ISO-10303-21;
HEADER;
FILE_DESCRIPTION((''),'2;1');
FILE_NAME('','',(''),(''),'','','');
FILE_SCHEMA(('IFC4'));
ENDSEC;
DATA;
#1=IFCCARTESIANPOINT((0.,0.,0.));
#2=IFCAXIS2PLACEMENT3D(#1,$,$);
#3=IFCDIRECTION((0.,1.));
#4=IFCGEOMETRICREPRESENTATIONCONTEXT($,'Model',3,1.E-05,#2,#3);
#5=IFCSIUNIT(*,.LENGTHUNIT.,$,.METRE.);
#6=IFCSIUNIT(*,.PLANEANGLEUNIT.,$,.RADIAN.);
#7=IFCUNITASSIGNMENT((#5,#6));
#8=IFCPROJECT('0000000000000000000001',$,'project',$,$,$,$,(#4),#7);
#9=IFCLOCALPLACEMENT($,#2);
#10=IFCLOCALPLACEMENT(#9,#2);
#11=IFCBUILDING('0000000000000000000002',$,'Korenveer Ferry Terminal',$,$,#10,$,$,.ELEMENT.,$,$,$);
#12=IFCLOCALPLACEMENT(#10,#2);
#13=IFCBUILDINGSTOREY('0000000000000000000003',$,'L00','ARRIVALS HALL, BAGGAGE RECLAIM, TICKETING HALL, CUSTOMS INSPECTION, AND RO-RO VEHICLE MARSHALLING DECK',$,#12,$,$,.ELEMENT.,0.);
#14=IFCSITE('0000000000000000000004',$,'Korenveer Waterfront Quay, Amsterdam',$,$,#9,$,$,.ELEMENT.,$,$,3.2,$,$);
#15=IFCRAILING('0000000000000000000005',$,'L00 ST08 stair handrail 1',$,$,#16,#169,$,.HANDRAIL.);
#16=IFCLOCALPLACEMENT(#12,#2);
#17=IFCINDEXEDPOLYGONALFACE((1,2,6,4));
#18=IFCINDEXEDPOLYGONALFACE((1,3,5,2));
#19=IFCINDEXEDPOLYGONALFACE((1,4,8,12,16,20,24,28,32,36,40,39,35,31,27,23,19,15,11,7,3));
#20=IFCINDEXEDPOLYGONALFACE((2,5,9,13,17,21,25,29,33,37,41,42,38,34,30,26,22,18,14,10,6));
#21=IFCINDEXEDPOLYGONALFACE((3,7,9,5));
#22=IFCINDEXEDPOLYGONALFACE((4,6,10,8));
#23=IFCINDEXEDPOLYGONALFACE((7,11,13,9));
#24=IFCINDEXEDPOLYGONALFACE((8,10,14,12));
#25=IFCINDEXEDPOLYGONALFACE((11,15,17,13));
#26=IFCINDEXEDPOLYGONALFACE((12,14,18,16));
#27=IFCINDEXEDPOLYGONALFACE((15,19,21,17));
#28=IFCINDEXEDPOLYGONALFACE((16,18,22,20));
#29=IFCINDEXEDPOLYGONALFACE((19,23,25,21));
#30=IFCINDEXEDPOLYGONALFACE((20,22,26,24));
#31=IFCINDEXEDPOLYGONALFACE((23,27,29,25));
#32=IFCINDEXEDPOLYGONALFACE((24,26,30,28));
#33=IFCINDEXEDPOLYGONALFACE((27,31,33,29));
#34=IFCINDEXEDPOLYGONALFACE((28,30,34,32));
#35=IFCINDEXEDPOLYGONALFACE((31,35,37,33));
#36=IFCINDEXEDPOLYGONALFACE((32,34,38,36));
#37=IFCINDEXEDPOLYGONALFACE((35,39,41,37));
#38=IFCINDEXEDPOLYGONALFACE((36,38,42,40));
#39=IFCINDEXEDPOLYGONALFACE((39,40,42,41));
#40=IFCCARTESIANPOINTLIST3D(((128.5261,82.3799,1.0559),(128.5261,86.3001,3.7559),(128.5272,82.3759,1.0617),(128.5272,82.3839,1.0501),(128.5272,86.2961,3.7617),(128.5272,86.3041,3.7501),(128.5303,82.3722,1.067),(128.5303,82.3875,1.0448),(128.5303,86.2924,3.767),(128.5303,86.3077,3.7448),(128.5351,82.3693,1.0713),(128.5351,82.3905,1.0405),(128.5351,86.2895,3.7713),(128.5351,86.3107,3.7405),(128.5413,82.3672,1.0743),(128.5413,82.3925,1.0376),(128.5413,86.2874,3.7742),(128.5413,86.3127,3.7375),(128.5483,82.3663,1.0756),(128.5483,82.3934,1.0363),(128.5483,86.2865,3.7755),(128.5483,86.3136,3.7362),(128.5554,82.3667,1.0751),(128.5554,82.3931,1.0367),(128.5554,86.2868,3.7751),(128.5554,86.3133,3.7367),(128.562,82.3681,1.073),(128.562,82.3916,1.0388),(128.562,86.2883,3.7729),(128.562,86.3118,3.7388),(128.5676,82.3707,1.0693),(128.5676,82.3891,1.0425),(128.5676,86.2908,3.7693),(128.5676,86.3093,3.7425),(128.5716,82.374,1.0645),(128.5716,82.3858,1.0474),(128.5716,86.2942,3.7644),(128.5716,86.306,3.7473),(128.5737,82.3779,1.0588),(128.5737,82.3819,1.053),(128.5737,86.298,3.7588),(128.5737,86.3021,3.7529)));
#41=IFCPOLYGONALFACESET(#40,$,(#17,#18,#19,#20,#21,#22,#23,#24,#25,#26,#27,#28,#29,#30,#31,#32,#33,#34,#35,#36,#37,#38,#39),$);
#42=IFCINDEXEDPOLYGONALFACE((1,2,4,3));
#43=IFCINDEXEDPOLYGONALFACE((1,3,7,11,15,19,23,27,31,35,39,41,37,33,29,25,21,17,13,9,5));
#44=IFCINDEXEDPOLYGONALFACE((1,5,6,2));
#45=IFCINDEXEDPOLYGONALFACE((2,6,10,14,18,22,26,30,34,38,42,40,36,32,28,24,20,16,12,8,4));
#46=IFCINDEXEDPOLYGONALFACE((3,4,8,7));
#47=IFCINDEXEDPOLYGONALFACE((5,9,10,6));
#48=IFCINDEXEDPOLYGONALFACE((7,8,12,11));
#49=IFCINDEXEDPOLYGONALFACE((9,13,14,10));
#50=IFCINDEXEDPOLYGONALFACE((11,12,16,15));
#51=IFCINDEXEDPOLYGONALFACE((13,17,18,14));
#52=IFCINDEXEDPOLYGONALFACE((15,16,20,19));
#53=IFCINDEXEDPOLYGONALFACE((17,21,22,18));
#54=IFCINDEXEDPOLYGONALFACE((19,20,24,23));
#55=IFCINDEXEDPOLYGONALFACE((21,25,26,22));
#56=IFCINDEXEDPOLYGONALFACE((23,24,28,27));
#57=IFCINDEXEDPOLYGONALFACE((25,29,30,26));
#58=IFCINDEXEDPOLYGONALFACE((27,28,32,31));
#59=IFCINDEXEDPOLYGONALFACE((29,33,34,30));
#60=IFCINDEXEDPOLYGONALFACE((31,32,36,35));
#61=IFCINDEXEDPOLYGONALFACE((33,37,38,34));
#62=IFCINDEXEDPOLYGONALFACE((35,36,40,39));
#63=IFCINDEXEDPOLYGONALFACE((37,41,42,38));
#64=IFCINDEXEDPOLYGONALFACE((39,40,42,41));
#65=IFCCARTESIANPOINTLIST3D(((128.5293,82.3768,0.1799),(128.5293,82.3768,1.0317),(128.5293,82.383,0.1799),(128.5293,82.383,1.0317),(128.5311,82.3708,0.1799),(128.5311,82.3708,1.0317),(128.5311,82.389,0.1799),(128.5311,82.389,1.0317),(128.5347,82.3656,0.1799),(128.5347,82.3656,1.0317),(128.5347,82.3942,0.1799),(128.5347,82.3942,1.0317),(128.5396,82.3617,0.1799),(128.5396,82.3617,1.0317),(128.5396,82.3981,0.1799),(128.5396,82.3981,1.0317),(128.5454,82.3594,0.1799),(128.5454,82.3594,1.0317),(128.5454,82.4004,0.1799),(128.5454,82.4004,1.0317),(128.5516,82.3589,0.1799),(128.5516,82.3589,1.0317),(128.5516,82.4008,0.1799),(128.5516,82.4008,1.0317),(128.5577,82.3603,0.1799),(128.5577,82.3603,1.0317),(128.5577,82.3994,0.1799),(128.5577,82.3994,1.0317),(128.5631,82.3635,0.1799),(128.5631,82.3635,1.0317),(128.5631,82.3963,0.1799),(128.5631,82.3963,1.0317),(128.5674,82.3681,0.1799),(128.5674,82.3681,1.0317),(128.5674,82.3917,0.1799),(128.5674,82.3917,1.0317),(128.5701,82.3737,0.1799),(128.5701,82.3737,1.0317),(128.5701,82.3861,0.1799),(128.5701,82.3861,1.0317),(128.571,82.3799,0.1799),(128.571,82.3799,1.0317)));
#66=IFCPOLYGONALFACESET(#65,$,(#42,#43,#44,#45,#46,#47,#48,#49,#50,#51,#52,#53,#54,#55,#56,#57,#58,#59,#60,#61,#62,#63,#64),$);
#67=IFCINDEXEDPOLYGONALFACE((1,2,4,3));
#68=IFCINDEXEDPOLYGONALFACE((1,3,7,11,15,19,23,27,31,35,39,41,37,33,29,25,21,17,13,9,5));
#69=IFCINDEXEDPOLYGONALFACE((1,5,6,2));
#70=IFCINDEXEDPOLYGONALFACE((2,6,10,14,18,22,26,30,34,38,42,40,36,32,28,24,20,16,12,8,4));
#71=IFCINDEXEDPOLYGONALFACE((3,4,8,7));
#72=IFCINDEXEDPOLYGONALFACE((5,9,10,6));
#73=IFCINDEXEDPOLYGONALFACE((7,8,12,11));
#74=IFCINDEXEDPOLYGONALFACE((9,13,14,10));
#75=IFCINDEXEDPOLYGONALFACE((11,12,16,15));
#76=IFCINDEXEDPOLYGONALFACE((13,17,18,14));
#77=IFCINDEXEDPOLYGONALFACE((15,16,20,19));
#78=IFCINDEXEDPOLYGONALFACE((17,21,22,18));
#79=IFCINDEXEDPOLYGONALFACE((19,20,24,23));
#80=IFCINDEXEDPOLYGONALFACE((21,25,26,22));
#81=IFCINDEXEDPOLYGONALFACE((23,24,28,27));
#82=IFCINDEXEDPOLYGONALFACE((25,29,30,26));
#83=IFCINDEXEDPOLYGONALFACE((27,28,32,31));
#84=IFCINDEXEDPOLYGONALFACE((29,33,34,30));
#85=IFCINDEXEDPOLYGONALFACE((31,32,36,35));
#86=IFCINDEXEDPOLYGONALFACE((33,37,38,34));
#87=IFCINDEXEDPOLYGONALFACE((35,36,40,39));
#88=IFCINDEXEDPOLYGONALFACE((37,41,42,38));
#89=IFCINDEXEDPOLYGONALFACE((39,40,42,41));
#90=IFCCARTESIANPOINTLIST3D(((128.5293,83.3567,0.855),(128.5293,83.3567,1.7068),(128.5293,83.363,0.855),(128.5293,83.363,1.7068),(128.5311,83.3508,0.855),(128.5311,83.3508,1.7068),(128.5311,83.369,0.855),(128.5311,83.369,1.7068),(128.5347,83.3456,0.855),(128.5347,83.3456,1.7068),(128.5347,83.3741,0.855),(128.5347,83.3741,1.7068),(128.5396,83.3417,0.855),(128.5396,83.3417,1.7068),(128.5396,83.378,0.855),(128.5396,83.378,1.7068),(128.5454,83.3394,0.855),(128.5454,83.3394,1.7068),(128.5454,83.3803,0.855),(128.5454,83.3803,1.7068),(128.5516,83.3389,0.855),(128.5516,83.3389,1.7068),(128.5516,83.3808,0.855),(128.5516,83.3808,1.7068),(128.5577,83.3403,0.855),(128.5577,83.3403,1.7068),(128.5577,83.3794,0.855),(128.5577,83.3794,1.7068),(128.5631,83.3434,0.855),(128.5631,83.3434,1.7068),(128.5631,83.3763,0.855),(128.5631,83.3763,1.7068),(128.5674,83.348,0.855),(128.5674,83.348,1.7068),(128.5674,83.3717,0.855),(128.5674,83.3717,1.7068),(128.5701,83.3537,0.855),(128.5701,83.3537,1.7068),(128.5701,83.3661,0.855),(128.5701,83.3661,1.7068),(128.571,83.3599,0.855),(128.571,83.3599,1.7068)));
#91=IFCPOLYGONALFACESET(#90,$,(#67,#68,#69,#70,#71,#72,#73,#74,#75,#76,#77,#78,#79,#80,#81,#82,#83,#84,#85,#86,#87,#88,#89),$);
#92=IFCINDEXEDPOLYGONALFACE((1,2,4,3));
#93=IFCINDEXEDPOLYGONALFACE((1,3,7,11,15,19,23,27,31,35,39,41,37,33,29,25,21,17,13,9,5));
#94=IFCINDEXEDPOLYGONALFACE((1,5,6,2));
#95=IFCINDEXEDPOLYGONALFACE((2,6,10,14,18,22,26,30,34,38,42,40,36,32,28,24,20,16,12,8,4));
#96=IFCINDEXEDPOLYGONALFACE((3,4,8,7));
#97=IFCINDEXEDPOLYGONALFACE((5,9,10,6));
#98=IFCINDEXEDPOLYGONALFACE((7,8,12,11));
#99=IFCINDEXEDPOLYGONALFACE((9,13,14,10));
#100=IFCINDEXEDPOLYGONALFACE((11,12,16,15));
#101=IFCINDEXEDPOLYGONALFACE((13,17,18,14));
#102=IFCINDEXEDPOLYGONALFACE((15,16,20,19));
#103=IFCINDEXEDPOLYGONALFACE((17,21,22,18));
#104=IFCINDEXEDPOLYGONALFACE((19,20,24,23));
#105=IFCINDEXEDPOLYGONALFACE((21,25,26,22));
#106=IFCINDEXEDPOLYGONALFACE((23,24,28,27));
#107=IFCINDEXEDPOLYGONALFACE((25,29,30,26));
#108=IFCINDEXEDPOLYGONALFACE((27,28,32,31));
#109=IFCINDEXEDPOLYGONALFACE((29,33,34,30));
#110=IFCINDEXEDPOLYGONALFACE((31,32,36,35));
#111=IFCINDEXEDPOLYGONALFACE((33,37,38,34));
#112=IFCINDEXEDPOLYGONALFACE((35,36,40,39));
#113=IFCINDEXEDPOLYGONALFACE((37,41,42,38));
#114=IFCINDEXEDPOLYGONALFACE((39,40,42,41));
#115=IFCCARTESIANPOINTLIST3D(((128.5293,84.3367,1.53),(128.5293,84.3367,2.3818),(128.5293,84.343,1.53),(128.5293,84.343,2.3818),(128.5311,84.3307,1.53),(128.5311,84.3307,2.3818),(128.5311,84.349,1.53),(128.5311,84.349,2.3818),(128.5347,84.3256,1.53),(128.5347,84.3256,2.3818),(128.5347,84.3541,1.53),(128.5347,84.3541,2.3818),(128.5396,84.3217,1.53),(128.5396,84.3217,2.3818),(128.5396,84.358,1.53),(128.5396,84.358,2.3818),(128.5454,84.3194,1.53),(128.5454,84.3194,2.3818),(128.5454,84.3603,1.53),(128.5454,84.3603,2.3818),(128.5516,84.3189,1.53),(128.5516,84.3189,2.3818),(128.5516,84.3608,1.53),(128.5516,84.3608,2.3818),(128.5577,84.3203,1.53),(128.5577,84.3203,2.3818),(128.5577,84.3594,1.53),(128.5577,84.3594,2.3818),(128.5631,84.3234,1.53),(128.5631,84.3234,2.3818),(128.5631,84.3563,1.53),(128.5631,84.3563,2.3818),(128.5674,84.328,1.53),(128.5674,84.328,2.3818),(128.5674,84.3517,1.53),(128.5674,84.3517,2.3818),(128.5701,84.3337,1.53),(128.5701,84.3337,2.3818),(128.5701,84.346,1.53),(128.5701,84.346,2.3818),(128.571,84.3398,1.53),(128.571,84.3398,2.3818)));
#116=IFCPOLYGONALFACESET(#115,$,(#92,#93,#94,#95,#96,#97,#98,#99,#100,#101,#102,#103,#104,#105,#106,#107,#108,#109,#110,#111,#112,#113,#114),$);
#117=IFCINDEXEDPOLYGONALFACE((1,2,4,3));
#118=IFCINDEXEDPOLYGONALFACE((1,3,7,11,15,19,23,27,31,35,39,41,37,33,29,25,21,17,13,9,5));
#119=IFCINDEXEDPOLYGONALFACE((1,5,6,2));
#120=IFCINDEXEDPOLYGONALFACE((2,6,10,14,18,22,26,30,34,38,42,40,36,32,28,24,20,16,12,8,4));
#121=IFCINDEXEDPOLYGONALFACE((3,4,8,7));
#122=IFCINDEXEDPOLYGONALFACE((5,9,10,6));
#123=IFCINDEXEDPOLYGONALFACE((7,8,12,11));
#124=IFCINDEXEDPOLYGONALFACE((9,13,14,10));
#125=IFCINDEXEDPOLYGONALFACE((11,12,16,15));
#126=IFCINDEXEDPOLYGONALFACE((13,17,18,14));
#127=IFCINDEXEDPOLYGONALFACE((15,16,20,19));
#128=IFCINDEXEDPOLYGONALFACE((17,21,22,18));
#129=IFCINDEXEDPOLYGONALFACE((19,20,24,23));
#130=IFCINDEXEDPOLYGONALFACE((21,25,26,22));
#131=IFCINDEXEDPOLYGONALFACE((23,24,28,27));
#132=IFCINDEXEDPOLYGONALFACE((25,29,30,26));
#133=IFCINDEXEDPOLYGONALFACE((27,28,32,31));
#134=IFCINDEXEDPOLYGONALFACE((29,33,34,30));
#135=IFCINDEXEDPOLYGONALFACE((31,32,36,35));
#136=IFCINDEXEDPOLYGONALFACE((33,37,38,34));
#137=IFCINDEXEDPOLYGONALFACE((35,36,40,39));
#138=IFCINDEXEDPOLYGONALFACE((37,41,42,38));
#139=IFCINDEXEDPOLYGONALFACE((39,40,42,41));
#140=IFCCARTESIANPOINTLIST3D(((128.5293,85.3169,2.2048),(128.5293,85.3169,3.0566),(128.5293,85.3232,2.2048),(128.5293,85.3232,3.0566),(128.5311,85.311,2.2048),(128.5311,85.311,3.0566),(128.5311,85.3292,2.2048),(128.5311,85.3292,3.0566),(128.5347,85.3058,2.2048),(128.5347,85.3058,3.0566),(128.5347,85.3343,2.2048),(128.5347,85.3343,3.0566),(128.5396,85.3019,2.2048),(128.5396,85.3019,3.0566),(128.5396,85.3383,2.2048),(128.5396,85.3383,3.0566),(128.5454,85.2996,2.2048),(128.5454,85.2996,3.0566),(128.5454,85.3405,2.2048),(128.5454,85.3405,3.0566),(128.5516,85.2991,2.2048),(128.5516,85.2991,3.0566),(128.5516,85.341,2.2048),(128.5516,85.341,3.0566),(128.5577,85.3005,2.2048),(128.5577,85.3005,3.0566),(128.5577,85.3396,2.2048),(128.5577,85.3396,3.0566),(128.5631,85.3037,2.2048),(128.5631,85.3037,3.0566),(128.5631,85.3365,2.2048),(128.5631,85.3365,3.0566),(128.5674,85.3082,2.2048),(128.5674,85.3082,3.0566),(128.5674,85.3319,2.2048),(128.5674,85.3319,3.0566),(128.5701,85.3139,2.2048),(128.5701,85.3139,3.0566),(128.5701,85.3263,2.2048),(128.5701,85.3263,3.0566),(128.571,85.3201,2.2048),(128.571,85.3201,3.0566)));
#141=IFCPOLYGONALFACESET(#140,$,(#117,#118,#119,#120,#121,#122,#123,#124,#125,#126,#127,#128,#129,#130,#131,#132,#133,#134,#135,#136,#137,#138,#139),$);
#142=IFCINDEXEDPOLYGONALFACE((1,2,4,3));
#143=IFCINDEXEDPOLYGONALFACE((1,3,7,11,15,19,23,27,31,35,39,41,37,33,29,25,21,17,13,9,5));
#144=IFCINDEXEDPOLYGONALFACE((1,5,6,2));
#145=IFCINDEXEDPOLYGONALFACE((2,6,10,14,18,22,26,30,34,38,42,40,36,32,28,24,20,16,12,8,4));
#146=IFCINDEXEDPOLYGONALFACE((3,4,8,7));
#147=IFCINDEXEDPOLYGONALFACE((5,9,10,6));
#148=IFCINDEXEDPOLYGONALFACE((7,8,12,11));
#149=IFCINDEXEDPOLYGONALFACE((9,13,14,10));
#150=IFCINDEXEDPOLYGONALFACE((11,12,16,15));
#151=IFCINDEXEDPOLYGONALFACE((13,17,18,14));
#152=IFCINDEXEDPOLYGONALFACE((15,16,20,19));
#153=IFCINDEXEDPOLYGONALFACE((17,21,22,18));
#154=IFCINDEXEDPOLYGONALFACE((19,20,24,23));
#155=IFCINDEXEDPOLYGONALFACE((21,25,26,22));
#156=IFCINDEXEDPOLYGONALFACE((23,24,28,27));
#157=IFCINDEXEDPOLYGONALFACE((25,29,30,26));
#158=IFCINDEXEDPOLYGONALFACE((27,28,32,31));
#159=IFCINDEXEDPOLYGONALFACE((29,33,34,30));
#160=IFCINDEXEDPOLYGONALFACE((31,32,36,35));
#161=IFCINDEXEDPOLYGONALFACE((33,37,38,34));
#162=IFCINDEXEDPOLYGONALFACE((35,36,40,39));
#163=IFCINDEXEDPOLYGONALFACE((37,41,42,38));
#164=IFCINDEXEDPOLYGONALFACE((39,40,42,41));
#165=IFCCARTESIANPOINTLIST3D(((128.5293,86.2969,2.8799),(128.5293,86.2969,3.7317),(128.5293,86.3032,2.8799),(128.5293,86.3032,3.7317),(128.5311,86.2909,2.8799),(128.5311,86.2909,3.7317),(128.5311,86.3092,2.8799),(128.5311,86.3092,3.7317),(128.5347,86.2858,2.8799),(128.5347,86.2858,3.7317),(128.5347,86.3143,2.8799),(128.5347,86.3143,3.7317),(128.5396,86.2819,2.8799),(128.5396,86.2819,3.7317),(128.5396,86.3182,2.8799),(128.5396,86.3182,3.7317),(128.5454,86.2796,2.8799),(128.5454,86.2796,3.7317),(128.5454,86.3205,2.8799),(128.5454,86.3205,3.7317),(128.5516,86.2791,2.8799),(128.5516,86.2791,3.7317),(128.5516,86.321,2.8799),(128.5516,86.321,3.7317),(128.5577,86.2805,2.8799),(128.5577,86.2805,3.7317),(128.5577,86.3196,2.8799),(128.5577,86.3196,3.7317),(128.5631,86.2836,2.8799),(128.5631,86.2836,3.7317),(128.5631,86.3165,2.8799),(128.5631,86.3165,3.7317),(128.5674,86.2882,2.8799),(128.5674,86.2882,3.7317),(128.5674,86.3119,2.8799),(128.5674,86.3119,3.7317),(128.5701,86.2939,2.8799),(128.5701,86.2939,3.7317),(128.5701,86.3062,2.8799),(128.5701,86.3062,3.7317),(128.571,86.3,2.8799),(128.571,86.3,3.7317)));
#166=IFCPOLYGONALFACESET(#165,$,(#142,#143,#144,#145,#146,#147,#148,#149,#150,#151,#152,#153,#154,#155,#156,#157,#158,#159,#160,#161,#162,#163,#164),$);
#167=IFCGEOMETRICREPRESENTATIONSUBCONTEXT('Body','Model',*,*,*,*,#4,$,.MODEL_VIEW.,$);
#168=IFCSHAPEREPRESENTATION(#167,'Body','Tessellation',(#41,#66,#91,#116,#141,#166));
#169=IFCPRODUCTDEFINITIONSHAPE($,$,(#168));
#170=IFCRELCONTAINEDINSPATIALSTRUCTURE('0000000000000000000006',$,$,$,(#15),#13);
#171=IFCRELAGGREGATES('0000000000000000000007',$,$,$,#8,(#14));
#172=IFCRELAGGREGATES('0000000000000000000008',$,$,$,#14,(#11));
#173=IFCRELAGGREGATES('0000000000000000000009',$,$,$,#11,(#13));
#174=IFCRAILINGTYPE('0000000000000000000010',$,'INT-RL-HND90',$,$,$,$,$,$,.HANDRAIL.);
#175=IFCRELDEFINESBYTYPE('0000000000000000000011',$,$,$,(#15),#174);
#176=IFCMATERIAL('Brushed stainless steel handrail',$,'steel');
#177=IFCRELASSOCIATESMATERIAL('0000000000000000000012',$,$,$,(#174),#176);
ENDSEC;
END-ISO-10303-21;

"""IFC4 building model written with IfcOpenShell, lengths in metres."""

from ifc_helpers import new_model, si_unit, direction, frame, origin, origin_2d, place, context, subcontext, project, spatial, circle, extrude, material, type_object, element, save


model = new_model("IFC4")

# Units and contexts
model_context = context("Model", 3, precision=1e-05, world=origin(), true_north=direction((0.0, 1.0)))
body_context = subcontext(model_context, "Body", "Model", "MODEL_VIEW")
ifc_project = project(units=[si_unit("LENGTHUNIT", "METRE"), si_unit("PLANEANGLEUNIT", "RADIAN")], contexts=[model_context])

# Site, building, storey
site_placement = place(None, origin())
site = spatial("IfcSite", under=ifc_project, at=site_placement, Name="Korenveer Waterfront Quay, Amsterdam", CompositionType="ELEMENT", RefElevation=3.2)
building_placement = place(site_placement, origin())
building = spatial("IfcBuilding", under=site, at=building_placement, Name="Korenveer Ferry Terminal", CompositionType="ELEMENT")
storey_placement = place(building_placement, origin())
storey = spatial("IfcBuildingStorey", under=building, at=storey_placement, Name="L00", Description="ARRIVALS HALL, BAGGAGE RECLAIM, TICKETING HALL, CUSTOMS INSPECTION, AND RO-RO VEHICLE MARSHALLING DECK", CompositionType="ELEMENT", Elevation=0.0)

# Railing
ifc_material_1 = material(Name="Brushed stainless steel handrail", Category="steel")
railing_type_1 = type_object("IfcRailingType", Name="INT-RL-HND90", PredefinedType="HANDRAIL", material=ifc_material_1)
railing_1_placement = place(storey_placement, frame((128.55, 82.3799, 0.1799)))
element("IfcRailing", 1, at=railing_1_placement, inside=storey, type_object=railing_type_1, Name="L00 ST08 stair handrail 1", PredefinedType="HANDRAIL", context=body_context, shape_type="SweptSolid", body=[
    extrude(circle(Radius=0.0239, at=origin_2d()), frame((0.0, 0.0, 0.876), z_axis=(0.0, 0.823567, 0.567219), x_axis=(-1.0, 0.0, 0.0)), (0.0, 0.0, 1.0), 4.76),
    extrude(circle(Radius=0.021, at=origin_2d()), origin(), (0.0, 0.0, 1.0), 0.8518),
    extrude(circle(Radius=0.021, at=origin_2d()), frame((0.0, 0.98, 0.675)), (0.0, 0.0, 1.0), 0.8518),
    extrude(circle(Radius=0.021, at=origin_2d()), frame((0.0, 1.96, 1.3501)), (0.0, 0.0, 1.0), 0.8518),
    extrude(circle(Radius=0.021, at=origin_2d()), frame((0.0, 2.9402, 2.0249)), (0.0, 0.0, 1.0), 0.8518),
    extrude(circle(Radius=0.021, at=origin_2d()), frame((0.0, 3.9202, 2.7)), (0.0, 0.0, 1.0), 0.8518),
])

save(model, "model.ifc")
